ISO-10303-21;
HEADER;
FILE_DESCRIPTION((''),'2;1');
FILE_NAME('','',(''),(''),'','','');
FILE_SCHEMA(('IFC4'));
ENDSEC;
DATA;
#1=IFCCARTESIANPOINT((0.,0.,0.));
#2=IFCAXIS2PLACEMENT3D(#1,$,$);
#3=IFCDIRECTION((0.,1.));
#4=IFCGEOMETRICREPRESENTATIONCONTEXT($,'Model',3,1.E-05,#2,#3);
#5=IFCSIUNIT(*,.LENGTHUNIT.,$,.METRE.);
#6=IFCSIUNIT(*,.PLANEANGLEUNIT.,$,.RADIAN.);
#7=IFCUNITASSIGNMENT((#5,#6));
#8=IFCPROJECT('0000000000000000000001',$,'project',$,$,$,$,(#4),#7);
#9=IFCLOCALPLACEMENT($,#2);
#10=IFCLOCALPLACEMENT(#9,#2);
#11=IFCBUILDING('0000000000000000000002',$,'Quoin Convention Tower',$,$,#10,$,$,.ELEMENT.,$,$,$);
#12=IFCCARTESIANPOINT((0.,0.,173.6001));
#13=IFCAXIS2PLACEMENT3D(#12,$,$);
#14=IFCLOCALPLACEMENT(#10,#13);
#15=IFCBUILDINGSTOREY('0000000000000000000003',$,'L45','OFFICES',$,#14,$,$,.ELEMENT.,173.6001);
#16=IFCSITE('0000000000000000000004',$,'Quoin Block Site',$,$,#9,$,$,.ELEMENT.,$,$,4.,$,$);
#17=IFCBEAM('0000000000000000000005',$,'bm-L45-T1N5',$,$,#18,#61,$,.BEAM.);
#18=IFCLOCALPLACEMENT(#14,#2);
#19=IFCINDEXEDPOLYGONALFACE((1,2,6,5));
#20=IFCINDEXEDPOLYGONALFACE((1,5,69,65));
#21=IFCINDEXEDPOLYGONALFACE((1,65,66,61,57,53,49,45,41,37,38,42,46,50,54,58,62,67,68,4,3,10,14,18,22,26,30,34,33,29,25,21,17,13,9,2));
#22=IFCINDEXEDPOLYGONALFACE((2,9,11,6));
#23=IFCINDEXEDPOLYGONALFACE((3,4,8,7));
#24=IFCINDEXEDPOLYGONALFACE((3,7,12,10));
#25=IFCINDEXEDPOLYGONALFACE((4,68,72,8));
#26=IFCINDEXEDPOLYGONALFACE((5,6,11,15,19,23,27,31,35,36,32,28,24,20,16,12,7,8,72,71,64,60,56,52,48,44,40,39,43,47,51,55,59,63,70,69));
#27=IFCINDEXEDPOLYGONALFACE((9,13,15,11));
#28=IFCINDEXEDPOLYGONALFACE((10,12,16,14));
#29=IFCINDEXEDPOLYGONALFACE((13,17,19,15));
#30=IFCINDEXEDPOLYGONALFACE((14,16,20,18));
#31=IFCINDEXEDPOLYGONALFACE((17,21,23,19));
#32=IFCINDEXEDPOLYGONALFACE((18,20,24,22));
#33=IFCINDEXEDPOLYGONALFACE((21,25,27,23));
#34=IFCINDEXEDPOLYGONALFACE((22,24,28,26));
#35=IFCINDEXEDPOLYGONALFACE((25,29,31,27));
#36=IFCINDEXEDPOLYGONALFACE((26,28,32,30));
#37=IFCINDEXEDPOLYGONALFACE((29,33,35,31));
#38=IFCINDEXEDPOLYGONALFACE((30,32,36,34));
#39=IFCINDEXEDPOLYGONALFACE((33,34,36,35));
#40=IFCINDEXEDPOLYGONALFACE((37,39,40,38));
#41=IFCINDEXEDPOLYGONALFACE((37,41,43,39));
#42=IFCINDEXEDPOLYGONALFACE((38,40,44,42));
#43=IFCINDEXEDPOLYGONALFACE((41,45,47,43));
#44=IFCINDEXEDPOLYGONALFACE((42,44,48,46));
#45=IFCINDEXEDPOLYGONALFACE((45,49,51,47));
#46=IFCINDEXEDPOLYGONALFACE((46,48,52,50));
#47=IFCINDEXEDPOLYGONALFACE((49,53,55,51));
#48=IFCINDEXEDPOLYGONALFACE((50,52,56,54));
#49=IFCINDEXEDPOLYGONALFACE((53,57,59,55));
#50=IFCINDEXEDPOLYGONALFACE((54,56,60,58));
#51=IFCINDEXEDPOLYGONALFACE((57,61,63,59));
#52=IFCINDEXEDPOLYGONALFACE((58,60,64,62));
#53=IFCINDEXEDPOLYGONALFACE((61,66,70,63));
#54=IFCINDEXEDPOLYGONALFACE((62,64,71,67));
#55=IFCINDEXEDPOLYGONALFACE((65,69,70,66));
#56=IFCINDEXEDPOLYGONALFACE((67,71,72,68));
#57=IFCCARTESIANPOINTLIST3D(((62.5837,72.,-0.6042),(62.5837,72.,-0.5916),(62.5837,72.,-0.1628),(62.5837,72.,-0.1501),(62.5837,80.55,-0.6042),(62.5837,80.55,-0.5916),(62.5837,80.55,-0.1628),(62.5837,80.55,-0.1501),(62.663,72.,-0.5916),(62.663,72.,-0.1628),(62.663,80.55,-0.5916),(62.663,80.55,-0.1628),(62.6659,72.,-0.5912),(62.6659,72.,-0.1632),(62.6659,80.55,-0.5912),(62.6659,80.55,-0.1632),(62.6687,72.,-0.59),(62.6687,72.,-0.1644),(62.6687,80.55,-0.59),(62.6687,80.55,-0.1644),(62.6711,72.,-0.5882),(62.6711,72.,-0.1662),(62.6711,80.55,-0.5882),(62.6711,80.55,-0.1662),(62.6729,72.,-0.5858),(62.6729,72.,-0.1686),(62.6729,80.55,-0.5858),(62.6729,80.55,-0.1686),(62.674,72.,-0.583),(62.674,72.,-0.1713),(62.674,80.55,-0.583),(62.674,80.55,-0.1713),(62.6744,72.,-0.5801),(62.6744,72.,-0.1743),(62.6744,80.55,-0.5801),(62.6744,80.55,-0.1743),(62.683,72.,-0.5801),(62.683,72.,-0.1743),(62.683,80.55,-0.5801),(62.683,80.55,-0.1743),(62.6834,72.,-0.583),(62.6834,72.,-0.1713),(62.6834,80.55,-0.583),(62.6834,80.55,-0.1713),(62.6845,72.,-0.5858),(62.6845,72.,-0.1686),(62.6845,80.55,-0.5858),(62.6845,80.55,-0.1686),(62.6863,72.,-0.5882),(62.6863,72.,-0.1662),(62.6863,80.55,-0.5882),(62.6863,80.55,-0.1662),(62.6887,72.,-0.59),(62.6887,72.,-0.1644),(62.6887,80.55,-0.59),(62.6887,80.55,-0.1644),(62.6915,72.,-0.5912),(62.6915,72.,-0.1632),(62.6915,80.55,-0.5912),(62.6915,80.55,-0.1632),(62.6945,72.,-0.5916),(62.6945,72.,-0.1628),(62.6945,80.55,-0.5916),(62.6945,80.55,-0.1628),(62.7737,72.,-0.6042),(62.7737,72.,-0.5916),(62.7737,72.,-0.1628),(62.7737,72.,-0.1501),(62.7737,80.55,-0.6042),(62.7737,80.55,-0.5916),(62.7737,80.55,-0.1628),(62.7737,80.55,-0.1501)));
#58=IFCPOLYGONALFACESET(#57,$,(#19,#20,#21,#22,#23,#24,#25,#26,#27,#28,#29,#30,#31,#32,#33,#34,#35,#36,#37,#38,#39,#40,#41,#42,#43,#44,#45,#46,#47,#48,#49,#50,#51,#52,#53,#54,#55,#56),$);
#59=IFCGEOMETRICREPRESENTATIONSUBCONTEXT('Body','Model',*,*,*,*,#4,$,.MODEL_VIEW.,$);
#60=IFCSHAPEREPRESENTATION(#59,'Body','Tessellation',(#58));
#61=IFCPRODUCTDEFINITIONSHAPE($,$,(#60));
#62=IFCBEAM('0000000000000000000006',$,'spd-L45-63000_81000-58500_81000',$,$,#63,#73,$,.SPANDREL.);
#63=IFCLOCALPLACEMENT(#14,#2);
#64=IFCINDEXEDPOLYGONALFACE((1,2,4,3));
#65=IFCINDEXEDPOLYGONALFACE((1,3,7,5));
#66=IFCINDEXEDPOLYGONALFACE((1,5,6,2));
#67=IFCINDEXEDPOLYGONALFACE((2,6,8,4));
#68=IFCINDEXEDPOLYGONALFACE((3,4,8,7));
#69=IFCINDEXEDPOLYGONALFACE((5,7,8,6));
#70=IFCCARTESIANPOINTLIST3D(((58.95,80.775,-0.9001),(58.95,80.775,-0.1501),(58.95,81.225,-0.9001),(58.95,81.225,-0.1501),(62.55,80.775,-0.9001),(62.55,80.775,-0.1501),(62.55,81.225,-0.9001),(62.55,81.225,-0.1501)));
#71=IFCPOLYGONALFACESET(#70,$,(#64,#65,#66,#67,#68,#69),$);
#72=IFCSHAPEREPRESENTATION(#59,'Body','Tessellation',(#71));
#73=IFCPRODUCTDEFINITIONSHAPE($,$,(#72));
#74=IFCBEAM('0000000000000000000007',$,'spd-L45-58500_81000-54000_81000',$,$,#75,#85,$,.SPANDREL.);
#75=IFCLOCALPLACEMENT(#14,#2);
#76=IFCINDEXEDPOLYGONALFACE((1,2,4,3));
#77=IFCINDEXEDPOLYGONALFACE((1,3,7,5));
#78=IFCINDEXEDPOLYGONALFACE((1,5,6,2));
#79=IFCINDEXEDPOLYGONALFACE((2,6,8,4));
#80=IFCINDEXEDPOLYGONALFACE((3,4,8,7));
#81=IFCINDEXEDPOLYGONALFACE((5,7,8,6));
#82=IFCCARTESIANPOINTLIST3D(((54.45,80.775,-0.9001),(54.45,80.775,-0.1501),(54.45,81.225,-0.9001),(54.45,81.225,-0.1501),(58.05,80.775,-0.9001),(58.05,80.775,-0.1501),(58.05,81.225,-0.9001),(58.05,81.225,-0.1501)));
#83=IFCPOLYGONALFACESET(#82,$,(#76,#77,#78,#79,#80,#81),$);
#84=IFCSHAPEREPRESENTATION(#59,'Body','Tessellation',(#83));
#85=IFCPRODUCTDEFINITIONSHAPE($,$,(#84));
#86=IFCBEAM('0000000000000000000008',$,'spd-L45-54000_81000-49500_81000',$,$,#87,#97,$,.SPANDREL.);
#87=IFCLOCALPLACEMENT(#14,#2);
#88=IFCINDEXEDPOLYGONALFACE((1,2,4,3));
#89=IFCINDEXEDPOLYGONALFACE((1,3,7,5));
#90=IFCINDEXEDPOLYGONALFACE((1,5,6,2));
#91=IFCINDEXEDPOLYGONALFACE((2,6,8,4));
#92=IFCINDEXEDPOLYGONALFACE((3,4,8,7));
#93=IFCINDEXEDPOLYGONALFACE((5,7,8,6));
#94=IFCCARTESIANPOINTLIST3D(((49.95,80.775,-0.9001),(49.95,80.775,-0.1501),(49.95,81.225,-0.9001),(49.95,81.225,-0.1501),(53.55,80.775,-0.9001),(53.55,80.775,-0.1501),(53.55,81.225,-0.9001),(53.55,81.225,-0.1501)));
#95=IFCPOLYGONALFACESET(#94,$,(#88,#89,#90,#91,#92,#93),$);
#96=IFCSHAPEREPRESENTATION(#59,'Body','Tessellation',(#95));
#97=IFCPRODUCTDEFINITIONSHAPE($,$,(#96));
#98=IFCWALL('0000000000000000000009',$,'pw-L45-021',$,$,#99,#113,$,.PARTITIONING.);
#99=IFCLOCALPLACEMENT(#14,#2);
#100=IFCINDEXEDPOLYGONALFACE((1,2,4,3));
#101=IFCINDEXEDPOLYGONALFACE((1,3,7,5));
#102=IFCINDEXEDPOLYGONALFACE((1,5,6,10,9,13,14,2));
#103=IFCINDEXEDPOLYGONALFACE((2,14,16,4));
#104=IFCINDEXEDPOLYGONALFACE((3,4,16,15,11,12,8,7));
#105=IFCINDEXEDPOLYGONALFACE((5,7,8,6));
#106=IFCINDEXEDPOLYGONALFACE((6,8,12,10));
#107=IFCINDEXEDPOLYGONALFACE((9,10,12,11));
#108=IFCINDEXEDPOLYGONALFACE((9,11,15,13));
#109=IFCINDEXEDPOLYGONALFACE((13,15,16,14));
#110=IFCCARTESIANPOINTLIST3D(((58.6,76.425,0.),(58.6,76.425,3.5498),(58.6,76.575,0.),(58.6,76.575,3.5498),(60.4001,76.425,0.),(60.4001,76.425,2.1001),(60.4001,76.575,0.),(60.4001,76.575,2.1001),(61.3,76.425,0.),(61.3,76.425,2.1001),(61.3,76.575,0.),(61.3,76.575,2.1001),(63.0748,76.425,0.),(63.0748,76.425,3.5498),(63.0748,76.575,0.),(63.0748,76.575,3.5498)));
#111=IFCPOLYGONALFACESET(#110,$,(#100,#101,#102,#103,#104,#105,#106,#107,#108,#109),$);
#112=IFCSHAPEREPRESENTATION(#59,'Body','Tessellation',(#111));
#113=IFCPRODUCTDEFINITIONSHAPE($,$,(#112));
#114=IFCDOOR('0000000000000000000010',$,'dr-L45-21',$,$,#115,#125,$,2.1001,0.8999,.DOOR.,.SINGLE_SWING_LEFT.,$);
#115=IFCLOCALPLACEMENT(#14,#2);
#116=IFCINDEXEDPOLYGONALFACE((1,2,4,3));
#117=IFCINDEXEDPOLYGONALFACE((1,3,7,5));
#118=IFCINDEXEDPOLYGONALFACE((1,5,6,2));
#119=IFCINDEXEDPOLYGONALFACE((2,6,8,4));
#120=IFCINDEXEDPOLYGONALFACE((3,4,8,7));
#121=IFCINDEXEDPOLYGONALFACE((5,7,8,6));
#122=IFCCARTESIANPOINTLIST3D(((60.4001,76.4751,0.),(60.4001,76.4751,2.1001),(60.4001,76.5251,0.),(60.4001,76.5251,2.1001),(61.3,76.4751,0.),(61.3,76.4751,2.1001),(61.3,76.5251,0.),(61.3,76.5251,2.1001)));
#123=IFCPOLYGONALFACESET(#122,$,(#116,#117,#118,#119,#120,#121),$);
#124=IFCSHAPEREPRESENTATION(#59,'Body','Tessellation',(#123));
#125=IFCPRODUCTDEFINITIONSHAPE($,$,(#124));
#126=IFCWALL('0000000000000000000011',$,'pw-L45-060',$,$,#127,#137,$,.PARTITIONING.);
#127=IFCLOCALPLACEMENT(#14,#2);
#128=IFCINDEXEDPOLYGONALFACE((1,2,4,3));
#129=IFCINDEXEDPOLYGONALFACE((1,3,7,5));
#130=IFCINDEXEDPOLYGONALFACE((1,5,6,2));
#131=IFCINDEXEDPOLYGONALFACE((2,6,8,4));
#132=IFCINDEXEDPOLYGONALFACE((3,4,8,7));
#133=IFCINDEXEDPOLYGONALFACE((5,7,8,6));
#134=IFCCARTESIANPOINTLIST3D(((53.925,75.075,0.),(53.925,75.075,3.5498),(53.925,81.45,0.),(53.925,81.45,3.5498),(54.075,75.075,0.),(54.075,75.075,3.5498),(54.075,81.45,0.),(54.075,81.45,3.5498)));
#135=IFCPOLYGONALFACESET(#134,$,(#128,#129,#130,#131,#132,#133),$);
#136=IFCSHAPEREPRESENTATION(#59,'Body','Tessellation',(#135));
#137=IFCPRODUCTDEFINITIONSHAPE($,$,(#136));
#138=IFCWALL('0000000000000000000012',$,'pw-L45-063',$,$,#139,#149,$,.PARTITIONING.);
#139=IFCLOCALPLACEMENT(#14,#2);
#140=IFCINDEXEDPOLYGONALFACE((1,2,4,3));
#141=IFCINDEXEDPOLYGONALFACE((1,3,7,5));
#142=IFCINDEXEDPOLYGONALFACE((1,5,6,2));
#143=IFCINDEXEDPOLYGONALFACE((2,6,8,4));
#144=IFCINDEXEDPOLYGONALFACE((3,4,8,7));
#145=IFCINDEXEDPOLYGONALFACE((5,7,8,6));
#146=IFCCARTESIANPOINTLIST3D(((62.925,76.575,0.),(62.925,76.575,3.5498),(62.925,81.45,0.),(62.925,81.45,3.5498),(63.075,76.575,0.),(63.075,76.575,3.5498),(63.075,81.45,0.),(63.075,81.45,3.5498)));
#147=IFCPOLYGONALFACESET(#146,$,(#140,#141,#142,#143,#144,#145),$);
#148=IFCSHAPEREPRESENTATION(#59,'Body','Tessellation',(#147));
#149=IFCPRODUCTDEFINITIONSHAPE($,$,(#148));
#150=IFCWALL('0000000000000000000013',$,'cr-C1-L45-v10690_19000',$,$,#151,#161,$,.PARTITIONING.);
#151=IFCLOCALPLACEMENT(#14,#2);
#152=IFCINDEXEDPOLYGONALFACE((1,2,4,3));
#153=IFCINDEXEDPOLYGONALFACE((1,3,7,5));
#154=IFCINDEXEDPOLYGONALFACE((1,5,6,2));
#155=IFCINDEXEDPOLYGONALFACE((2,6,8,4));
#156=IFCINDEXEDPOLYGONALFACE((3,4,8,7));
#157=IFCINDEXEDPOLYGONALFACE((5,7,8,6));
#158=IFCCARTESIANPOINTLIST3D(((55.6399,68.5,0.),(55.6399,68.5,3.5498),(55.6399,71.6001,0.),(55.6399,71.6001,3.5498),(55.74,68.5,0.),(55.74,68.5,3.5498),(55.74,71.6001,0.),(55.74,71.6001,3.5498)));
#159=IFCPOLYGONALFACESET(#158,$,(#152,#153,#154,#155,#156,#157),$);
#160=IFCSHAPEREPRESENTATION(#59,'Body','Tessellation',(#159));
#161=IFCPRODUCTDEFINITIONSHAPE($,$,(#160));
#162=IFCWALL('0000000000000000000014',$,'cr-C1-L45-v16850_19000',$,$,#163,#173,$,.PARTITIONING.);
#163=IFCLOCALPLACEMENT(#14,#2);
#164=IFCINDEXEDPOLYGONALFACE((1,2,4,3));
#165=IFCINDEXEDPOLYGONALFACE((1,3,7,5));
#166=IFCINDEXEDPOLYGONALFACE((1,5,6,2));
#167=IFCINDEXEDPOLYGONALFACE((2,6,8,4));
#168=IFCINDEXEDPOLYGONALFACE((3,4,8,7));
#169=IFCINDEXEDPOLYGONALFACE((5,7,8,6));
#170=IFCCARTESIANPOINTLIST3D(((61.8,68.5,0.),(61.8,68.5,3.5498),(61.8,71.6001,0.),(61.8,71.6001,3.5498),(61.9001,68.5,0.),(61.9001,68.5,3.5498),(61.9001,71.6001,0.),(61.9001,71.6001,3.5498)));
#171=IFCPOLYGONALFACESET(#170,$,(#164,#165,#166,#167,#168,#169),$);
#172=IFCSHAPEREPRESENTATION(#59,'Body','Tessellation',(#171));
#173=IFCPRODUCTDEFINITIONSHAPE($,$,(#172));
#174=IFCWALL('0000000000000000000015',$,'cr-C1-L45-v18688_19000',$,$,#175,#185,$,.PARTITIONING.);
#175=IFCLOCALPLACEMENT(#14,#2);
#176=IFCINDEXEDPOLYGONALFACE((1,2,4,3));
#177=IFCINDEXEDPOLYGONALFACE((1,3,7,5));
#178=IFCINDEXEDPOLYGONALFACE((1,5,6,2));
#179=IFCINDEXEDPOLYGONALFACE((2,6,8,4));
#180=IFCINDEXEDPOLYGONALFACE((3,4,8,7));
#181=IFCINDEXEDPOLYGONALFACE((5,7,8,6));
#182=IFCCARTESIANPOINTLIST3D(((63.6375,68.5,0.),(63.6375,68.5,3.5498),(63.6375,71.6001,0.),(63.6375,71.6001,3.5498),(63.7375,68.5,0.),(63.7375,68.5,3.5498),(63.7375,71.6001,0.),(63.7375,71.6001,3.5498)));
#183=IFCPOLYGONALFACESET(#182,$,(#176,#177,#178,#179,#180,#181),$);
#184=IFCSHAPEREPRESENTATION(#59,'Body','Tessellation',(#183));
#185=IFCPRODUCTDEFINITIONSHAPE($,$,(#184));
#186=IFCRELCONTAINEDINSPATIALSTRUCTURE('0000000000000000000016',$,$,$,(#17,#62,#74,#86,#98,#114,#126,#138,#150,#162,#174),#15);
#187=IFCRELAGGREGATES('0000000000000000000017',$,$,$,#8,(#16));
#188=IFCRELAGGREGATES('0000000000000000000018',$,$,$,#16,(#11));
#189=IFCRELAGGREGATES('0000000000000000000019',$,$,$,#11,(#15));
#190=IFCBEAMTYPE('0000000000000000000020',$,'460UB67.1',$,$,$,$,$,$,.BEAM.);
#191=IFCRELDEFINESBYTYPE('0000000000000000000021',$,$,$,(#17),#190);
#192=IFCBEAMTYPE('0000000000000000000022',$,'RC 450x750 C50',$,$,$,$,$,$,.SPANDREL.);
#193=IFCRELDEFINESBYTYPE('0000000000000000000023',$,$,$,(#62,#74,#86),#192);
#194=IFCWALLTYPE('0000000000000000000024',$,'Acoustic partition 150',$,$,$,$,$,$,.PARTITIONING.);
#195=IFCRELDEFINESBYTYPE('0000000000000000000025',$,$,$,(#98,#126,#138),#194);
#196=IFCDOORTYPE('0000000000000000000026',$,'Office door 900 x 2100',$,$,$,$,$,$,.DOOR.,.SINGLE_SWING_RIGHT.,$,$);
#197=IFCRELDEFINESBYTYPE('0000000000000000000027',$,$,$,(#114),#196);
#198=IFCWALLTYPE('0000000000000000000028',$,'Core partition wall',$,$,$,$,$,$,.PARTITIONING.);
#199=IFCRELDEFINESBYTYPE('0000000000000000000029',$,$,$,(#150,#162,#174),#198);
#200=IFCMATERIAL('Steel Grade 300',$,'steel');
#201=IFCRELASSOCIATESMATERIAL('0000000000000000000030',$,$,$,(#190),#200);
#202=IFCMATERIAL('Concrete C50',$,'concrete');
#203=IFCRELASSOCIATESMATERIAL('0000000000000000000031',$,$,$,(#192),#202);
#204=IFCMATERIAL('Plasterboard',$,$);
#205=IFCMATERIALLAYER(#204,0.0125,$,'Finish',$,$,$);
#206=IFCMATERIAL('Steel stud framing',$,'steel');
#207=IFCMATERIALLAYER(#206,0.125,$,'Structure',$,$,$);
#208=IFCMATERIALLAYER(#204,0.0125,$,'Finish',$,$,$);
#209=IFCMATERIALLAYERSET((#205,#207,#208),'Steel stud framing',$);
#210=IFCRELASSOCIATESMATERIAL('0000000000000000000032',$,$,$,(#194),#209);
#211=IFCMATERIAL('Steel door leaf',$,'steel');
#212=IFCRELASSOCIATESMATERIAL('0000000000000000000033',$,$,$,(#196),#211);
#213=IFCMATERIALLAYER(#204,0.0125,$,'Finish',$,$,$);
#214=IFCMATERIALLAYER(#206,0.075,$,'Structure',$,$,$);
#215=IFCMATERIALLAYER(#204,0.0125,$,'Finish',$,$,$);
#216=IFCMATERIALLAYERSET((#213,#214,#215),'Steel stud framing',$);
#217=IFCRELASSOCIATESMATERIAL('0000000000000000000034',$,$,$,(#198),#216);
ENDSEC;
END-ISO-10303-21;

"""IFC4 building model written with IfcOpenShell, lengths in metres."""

from ifc_helpers import new_model, si_unit, direction, frame, frame_2d, origin, origin_2d, place, context, subcontext, project, spatial, rectangle, i_section, extrude, material, layer, layer_set, material_profile, profile_set, type_object, element, fill, save


model = new_model("IFC4")

# Units and contexts
model_context = context("Model", 3, precision=1e-05, world=origin(), true_north=direction((0.0, 1.0)))
body_context = subcontext(model_context, "Body", "Model", "MODEL_VIEW")
ifc_project = project(units=[si_unit("LENGTHUNIT", "METRE"), si_unit("PLANEANGLEUNIT", "RADIAN")], contexts=[model_context])

# Site, building, storey
site_placement = place(None, origin())
site = spatial("IfcSite", under=ifc_project, at=site_placement, Name="Quoin Block Site", CompositionType="ELEMENT", RefElevation=4.0)
building_placement = place(site_placement, origin())
building = spatial("IfcBuilding", under=site, at=building_placement, Name="Quoin Convention Tower", CompositionType="ELEMENT")
storey_placement = place(building_placement, frame((0.0, 0.0, 173.6001)))
storey = spatial("IfcBuildingStorey", under=building, at=storey_placement, Name="L45", Description="OFFICES", CompositionType="ELEMENT", Elevation=173.6001)

# Shared definitions
ifc_material_1 = material(Name="Concrete C50", Category="concrete")

# Beams
ifc_material_2 = material(Name="Steel Grade 300", Category="steel")
ifc_material_profile_1 = material_profile(ifc_material_2, i_section(OverallWidth=0.1899, OverallDepth=0.4541, WebThickness=0.0085, FlangeThickness=0.0127, FilletRadius=0.0115, at=origin_2d()), Name="460UB67.1")
ifc_profile_set_1 = profile_set([ifc_material_profile_1], Name="Steel Grade 300")
beam_type_1 = type_object("IfcBeamType", Name="460UB67.1", PredefinedType="BEAM", material=ifc_profile_set_1)
beam_placement = place(storey_placement, frame((62.6787, 72.0, -0.3772), z_axis=(0.0, 1.0, 0.0), x_axis=(-1.0, 0.0, 0.0)))
element("IfcBeam", 1, at=beam_placement, inside=storey, type_object=beam_type_1, Name="bm-L45-T1N5", PredefinedType="BEAM", context=body_context, shape_type="SweptSolid", body=[
    extrude(i_section(OverallWidth=0.1899, OverallDepth=0.4541, WebThickness=0.0085, FlangeThickness=0.0127, FilletRadius=0.0115, at=origin_2d()), origin(), (0.0, 0.0, 1.0), 8.55),
])
ifc_material_profile_2 = material_profile(ifc_material_1, rectangle(XDim=0.45, YDim=0.75, at=origin_2d()), Name="RC 450x750")
ifc_profile_set_2 = profile_set([ifc_material_profile_2], Name="Concrete C50")
beam_type_2 = type_object("IfcBeamType", Name="RC 450x750 C50", PredefinedType="SPANDREL", material=ifc_profile_set_2)
for number, where, z_axis, x_axis, name in (
    (2, (62.55, 81.0, -0.5251), (-1.0, 0.0, 0.0), (0.0, -1.0, 0.0), "spd-L45-63000_81000-58500_81000"),
    (3, (58.05, 81.0, -0.5251), (-1.0, 0.0, 0.0), (0.0, -1.0, 0.0), "spd-L45-58500_81000-54000_81000"),
    (4, (53.55, 81.0, -0.5251), (-1.0, 0.0, 0.0), (0.0, -1.0, 0.0), "spd-L45-54000_81000-49500_81000"),
):
    element("IfcBeam", number, at=place(storey_placement, frame(where, z_axis=z_axis, x_axis=x_axis)), inside=storey, type_object=beam_type_2, Name=name, PredefinedType="SPANDREL", context=body_context, shape_type="SweptSolid", body=[
        extrude(rectangle(XDim=0.45, YDim=0.75, at=origin_2d()), origin(), (0.0, 0.0, 1.0), 3.6001),
    ])

# Wall, opening, door
ifc_material_3 = material(Name="Plasterboard")
ifc_layer_1 = layer(ifc_material_3, 0.0125, Name="Finish")
ifc_material_4 = material(Name="Steel stud framing", Category="steel")
ifc_layer_2 = layer(ifc_material_4, 0.125, Name="Structure")
ifc_layer_3 = layer(ifc_material_3, 0.0125, Name="Finish")
ifc_layer_set_1 = layer_set([ifc_layer_1, ifc_layer_2, ifc_layer_3], Name="Steel stud framing")
wall_type_1 = type_object("IfcWallType", Name="Acoustic partition 150", PredefinedType="PARTITIONING", material=ifc_layer_set_1)
wall_1_placement = place(storey_placement, frame((58.6001, 76.5, 0.0), z_axis=(0.0, 0.0, 1.0), x_axis=(1.0, 0.0, 0.0)))
wall_1 = element("IfcWall", 5, at=wall_1_placement, inside=storey, type_object=wall_type_1, Name="pw-L45-021", PredefinedType="PARTITIONING", context=body_context, shape_type="SweptSolid", body=[
    extrude(rectangle(XDim=4.4749, YDim=0.1499, at=frame_2d((2.2373, 0.0))), origin(), (0.0, 0.0, 1.0), 3.5498),
])
opening_placement = place(wall_1_placement, frame((1.8, 0.0, 0.0)))
opening = element("IfcOpeningElement", 6, at=opening_placement, cuts=wall_1, PredefinedType="OPENING", context=body_context, shape_type="SweptSolid", body=[
    extrude(rectangle(XDim=0.8999, YDim=2.1001, at=frame_2d((0.45, 1.05))), frame((0.0, 0.085, 0.0), z_axis=(0.0, -1.0, 0.0), x_axis=(1.0, 0.0, 0.0)), (0.0, 0.0, 1.0), 0.1699),
])
ifc_material_5 = material(Name="Steel door leaf", Category="steel")
door_type = type_object("IfcDoorType", Name="Office door 900 x 2100", OperationType="SINGLE_SWING_RIGHT", PredefinedType="DOOR", material=ifc_material_5)
door_placement = place(opening_placement, frame((0.8999, 0.0, 0.0), z_axis=(0.0, 0.0, 1.0), x_axis=(-1.0, 0.0, 0.0)))
door = element("IfcDoor", 7, at=door_placement, inside=storey, type_object=door_type, Name="dr-L45-21", OperationType="SINGLE_SWING_LEFT", OverallHeight=2.1001, OverallWidth=0.8999, PredefinedType="DOOR", context=body_context, shape_type="SweptSolid", body=[
    extrude(rectangle(XDim=0.8999, YDim=2.1001, at=frame_2d((0.45, 1.05))), frame((0.0, 0.0249, 0.0), z_axis=(0.0, -1.0, 0.0), x_axis=(1.0, 0.0, 0.0)), (0.0, 0.0, 1.0), 0.05),
])
fill(opening, door)

# Walls
wall_2_placement = place(storey_placement, frame((54.0, 75.075, 0.0), z_axis=(0.0, 0.0, 1.0), x_axis=(0.0, 1.0, 0.0)))
element("IfcWall", 8, at=wall_2_placement, inside=storey, type_object=wall_type_1, Name="pw-L45-060", PredefinedType="PARTITIONING", context=body_context, shape_type="SweptSolid", body=[
    extrude(rectangle(XDim=6.375, YDim=0.1499, at=frame_2d((3.1875, 0.0))), origin(), (0.0, 0.0, 1.0), 3.5498),
])
wall_3_placement = place(storey_placement, frame((63.0, 76.575, 0.0), z_axis=(0.0, 0.0, 1.0), x_axis=(0.0, 1.0, 0.0)))
element("IfcWall", 9, at=wall_3_placement, inside=storey, type_object=wall_type_1, Name="pw-L45-063", PredefinedType="PARTITIONING", context=body_context, shape_type="SweptSolid", body=[
    extrude(rectangle(XDim=4.875, YDim=0.1499, at=frame_2d((2.4375, 0.0))), origin(), (0.0, 0.0, 1.0), 3.5498),
])
ifc_layer_4 = layer(ifc_material_3, 0.0125, Name="Finish")
ifc_layer_5 = layer(ifc_material_4, 0.075, Name="Structure")
ifc_layer_6 = layer(ifc_material_3, 0.0125, Name="Finish")
ifc_layer_set_2 = layer_set([ifc_layer_4, ifc_layer_5, ifc_layer_6], Name="Steel stud framing")
wall_type_2 = type_object("IfcWallType", Name="Core partition wall", PredefinedType="PARTITIONING", material=ifc_layer_set_2)
for number, where, z_axis, x_axis, name in (
    (10, (55.6899, 68.5, 0.0), (0.0, 0.0, 1.0), (0.0, 1.0, 0.0), "cr-C1-L45-v10690_19000"),
    (11, (61.8501, 68.5, 0.0), (0.0, 0.0, 1.0), (0.0, 1.0, 0.0), "cr-C1-L45-v16850_19000"),
    (12, (63.6875, 68.5, 0.0), (0.0, 0.0, 1.0), (0.0, 1.0, 0.0), "cr-C1-L45-v18688_19000"),
):
    element("IfcWall", number, at=place(storey_placement, frame(where, z_axis=z_axis, x_axis=x_axis)), inside=storey, type_object=wall_type_2, Name=name, PredefinedType="PARTITIONING", context=body_context, shape_type="SweptSolid", body=[
        extrude(rectangle(XDim=3.1001, YDim=0.1001, at=frame_2d((1.55, 0.0))), origin(), (0.0, 0.0, 1.0), 3.5498),
    ])

save(model, "model.ifc")
